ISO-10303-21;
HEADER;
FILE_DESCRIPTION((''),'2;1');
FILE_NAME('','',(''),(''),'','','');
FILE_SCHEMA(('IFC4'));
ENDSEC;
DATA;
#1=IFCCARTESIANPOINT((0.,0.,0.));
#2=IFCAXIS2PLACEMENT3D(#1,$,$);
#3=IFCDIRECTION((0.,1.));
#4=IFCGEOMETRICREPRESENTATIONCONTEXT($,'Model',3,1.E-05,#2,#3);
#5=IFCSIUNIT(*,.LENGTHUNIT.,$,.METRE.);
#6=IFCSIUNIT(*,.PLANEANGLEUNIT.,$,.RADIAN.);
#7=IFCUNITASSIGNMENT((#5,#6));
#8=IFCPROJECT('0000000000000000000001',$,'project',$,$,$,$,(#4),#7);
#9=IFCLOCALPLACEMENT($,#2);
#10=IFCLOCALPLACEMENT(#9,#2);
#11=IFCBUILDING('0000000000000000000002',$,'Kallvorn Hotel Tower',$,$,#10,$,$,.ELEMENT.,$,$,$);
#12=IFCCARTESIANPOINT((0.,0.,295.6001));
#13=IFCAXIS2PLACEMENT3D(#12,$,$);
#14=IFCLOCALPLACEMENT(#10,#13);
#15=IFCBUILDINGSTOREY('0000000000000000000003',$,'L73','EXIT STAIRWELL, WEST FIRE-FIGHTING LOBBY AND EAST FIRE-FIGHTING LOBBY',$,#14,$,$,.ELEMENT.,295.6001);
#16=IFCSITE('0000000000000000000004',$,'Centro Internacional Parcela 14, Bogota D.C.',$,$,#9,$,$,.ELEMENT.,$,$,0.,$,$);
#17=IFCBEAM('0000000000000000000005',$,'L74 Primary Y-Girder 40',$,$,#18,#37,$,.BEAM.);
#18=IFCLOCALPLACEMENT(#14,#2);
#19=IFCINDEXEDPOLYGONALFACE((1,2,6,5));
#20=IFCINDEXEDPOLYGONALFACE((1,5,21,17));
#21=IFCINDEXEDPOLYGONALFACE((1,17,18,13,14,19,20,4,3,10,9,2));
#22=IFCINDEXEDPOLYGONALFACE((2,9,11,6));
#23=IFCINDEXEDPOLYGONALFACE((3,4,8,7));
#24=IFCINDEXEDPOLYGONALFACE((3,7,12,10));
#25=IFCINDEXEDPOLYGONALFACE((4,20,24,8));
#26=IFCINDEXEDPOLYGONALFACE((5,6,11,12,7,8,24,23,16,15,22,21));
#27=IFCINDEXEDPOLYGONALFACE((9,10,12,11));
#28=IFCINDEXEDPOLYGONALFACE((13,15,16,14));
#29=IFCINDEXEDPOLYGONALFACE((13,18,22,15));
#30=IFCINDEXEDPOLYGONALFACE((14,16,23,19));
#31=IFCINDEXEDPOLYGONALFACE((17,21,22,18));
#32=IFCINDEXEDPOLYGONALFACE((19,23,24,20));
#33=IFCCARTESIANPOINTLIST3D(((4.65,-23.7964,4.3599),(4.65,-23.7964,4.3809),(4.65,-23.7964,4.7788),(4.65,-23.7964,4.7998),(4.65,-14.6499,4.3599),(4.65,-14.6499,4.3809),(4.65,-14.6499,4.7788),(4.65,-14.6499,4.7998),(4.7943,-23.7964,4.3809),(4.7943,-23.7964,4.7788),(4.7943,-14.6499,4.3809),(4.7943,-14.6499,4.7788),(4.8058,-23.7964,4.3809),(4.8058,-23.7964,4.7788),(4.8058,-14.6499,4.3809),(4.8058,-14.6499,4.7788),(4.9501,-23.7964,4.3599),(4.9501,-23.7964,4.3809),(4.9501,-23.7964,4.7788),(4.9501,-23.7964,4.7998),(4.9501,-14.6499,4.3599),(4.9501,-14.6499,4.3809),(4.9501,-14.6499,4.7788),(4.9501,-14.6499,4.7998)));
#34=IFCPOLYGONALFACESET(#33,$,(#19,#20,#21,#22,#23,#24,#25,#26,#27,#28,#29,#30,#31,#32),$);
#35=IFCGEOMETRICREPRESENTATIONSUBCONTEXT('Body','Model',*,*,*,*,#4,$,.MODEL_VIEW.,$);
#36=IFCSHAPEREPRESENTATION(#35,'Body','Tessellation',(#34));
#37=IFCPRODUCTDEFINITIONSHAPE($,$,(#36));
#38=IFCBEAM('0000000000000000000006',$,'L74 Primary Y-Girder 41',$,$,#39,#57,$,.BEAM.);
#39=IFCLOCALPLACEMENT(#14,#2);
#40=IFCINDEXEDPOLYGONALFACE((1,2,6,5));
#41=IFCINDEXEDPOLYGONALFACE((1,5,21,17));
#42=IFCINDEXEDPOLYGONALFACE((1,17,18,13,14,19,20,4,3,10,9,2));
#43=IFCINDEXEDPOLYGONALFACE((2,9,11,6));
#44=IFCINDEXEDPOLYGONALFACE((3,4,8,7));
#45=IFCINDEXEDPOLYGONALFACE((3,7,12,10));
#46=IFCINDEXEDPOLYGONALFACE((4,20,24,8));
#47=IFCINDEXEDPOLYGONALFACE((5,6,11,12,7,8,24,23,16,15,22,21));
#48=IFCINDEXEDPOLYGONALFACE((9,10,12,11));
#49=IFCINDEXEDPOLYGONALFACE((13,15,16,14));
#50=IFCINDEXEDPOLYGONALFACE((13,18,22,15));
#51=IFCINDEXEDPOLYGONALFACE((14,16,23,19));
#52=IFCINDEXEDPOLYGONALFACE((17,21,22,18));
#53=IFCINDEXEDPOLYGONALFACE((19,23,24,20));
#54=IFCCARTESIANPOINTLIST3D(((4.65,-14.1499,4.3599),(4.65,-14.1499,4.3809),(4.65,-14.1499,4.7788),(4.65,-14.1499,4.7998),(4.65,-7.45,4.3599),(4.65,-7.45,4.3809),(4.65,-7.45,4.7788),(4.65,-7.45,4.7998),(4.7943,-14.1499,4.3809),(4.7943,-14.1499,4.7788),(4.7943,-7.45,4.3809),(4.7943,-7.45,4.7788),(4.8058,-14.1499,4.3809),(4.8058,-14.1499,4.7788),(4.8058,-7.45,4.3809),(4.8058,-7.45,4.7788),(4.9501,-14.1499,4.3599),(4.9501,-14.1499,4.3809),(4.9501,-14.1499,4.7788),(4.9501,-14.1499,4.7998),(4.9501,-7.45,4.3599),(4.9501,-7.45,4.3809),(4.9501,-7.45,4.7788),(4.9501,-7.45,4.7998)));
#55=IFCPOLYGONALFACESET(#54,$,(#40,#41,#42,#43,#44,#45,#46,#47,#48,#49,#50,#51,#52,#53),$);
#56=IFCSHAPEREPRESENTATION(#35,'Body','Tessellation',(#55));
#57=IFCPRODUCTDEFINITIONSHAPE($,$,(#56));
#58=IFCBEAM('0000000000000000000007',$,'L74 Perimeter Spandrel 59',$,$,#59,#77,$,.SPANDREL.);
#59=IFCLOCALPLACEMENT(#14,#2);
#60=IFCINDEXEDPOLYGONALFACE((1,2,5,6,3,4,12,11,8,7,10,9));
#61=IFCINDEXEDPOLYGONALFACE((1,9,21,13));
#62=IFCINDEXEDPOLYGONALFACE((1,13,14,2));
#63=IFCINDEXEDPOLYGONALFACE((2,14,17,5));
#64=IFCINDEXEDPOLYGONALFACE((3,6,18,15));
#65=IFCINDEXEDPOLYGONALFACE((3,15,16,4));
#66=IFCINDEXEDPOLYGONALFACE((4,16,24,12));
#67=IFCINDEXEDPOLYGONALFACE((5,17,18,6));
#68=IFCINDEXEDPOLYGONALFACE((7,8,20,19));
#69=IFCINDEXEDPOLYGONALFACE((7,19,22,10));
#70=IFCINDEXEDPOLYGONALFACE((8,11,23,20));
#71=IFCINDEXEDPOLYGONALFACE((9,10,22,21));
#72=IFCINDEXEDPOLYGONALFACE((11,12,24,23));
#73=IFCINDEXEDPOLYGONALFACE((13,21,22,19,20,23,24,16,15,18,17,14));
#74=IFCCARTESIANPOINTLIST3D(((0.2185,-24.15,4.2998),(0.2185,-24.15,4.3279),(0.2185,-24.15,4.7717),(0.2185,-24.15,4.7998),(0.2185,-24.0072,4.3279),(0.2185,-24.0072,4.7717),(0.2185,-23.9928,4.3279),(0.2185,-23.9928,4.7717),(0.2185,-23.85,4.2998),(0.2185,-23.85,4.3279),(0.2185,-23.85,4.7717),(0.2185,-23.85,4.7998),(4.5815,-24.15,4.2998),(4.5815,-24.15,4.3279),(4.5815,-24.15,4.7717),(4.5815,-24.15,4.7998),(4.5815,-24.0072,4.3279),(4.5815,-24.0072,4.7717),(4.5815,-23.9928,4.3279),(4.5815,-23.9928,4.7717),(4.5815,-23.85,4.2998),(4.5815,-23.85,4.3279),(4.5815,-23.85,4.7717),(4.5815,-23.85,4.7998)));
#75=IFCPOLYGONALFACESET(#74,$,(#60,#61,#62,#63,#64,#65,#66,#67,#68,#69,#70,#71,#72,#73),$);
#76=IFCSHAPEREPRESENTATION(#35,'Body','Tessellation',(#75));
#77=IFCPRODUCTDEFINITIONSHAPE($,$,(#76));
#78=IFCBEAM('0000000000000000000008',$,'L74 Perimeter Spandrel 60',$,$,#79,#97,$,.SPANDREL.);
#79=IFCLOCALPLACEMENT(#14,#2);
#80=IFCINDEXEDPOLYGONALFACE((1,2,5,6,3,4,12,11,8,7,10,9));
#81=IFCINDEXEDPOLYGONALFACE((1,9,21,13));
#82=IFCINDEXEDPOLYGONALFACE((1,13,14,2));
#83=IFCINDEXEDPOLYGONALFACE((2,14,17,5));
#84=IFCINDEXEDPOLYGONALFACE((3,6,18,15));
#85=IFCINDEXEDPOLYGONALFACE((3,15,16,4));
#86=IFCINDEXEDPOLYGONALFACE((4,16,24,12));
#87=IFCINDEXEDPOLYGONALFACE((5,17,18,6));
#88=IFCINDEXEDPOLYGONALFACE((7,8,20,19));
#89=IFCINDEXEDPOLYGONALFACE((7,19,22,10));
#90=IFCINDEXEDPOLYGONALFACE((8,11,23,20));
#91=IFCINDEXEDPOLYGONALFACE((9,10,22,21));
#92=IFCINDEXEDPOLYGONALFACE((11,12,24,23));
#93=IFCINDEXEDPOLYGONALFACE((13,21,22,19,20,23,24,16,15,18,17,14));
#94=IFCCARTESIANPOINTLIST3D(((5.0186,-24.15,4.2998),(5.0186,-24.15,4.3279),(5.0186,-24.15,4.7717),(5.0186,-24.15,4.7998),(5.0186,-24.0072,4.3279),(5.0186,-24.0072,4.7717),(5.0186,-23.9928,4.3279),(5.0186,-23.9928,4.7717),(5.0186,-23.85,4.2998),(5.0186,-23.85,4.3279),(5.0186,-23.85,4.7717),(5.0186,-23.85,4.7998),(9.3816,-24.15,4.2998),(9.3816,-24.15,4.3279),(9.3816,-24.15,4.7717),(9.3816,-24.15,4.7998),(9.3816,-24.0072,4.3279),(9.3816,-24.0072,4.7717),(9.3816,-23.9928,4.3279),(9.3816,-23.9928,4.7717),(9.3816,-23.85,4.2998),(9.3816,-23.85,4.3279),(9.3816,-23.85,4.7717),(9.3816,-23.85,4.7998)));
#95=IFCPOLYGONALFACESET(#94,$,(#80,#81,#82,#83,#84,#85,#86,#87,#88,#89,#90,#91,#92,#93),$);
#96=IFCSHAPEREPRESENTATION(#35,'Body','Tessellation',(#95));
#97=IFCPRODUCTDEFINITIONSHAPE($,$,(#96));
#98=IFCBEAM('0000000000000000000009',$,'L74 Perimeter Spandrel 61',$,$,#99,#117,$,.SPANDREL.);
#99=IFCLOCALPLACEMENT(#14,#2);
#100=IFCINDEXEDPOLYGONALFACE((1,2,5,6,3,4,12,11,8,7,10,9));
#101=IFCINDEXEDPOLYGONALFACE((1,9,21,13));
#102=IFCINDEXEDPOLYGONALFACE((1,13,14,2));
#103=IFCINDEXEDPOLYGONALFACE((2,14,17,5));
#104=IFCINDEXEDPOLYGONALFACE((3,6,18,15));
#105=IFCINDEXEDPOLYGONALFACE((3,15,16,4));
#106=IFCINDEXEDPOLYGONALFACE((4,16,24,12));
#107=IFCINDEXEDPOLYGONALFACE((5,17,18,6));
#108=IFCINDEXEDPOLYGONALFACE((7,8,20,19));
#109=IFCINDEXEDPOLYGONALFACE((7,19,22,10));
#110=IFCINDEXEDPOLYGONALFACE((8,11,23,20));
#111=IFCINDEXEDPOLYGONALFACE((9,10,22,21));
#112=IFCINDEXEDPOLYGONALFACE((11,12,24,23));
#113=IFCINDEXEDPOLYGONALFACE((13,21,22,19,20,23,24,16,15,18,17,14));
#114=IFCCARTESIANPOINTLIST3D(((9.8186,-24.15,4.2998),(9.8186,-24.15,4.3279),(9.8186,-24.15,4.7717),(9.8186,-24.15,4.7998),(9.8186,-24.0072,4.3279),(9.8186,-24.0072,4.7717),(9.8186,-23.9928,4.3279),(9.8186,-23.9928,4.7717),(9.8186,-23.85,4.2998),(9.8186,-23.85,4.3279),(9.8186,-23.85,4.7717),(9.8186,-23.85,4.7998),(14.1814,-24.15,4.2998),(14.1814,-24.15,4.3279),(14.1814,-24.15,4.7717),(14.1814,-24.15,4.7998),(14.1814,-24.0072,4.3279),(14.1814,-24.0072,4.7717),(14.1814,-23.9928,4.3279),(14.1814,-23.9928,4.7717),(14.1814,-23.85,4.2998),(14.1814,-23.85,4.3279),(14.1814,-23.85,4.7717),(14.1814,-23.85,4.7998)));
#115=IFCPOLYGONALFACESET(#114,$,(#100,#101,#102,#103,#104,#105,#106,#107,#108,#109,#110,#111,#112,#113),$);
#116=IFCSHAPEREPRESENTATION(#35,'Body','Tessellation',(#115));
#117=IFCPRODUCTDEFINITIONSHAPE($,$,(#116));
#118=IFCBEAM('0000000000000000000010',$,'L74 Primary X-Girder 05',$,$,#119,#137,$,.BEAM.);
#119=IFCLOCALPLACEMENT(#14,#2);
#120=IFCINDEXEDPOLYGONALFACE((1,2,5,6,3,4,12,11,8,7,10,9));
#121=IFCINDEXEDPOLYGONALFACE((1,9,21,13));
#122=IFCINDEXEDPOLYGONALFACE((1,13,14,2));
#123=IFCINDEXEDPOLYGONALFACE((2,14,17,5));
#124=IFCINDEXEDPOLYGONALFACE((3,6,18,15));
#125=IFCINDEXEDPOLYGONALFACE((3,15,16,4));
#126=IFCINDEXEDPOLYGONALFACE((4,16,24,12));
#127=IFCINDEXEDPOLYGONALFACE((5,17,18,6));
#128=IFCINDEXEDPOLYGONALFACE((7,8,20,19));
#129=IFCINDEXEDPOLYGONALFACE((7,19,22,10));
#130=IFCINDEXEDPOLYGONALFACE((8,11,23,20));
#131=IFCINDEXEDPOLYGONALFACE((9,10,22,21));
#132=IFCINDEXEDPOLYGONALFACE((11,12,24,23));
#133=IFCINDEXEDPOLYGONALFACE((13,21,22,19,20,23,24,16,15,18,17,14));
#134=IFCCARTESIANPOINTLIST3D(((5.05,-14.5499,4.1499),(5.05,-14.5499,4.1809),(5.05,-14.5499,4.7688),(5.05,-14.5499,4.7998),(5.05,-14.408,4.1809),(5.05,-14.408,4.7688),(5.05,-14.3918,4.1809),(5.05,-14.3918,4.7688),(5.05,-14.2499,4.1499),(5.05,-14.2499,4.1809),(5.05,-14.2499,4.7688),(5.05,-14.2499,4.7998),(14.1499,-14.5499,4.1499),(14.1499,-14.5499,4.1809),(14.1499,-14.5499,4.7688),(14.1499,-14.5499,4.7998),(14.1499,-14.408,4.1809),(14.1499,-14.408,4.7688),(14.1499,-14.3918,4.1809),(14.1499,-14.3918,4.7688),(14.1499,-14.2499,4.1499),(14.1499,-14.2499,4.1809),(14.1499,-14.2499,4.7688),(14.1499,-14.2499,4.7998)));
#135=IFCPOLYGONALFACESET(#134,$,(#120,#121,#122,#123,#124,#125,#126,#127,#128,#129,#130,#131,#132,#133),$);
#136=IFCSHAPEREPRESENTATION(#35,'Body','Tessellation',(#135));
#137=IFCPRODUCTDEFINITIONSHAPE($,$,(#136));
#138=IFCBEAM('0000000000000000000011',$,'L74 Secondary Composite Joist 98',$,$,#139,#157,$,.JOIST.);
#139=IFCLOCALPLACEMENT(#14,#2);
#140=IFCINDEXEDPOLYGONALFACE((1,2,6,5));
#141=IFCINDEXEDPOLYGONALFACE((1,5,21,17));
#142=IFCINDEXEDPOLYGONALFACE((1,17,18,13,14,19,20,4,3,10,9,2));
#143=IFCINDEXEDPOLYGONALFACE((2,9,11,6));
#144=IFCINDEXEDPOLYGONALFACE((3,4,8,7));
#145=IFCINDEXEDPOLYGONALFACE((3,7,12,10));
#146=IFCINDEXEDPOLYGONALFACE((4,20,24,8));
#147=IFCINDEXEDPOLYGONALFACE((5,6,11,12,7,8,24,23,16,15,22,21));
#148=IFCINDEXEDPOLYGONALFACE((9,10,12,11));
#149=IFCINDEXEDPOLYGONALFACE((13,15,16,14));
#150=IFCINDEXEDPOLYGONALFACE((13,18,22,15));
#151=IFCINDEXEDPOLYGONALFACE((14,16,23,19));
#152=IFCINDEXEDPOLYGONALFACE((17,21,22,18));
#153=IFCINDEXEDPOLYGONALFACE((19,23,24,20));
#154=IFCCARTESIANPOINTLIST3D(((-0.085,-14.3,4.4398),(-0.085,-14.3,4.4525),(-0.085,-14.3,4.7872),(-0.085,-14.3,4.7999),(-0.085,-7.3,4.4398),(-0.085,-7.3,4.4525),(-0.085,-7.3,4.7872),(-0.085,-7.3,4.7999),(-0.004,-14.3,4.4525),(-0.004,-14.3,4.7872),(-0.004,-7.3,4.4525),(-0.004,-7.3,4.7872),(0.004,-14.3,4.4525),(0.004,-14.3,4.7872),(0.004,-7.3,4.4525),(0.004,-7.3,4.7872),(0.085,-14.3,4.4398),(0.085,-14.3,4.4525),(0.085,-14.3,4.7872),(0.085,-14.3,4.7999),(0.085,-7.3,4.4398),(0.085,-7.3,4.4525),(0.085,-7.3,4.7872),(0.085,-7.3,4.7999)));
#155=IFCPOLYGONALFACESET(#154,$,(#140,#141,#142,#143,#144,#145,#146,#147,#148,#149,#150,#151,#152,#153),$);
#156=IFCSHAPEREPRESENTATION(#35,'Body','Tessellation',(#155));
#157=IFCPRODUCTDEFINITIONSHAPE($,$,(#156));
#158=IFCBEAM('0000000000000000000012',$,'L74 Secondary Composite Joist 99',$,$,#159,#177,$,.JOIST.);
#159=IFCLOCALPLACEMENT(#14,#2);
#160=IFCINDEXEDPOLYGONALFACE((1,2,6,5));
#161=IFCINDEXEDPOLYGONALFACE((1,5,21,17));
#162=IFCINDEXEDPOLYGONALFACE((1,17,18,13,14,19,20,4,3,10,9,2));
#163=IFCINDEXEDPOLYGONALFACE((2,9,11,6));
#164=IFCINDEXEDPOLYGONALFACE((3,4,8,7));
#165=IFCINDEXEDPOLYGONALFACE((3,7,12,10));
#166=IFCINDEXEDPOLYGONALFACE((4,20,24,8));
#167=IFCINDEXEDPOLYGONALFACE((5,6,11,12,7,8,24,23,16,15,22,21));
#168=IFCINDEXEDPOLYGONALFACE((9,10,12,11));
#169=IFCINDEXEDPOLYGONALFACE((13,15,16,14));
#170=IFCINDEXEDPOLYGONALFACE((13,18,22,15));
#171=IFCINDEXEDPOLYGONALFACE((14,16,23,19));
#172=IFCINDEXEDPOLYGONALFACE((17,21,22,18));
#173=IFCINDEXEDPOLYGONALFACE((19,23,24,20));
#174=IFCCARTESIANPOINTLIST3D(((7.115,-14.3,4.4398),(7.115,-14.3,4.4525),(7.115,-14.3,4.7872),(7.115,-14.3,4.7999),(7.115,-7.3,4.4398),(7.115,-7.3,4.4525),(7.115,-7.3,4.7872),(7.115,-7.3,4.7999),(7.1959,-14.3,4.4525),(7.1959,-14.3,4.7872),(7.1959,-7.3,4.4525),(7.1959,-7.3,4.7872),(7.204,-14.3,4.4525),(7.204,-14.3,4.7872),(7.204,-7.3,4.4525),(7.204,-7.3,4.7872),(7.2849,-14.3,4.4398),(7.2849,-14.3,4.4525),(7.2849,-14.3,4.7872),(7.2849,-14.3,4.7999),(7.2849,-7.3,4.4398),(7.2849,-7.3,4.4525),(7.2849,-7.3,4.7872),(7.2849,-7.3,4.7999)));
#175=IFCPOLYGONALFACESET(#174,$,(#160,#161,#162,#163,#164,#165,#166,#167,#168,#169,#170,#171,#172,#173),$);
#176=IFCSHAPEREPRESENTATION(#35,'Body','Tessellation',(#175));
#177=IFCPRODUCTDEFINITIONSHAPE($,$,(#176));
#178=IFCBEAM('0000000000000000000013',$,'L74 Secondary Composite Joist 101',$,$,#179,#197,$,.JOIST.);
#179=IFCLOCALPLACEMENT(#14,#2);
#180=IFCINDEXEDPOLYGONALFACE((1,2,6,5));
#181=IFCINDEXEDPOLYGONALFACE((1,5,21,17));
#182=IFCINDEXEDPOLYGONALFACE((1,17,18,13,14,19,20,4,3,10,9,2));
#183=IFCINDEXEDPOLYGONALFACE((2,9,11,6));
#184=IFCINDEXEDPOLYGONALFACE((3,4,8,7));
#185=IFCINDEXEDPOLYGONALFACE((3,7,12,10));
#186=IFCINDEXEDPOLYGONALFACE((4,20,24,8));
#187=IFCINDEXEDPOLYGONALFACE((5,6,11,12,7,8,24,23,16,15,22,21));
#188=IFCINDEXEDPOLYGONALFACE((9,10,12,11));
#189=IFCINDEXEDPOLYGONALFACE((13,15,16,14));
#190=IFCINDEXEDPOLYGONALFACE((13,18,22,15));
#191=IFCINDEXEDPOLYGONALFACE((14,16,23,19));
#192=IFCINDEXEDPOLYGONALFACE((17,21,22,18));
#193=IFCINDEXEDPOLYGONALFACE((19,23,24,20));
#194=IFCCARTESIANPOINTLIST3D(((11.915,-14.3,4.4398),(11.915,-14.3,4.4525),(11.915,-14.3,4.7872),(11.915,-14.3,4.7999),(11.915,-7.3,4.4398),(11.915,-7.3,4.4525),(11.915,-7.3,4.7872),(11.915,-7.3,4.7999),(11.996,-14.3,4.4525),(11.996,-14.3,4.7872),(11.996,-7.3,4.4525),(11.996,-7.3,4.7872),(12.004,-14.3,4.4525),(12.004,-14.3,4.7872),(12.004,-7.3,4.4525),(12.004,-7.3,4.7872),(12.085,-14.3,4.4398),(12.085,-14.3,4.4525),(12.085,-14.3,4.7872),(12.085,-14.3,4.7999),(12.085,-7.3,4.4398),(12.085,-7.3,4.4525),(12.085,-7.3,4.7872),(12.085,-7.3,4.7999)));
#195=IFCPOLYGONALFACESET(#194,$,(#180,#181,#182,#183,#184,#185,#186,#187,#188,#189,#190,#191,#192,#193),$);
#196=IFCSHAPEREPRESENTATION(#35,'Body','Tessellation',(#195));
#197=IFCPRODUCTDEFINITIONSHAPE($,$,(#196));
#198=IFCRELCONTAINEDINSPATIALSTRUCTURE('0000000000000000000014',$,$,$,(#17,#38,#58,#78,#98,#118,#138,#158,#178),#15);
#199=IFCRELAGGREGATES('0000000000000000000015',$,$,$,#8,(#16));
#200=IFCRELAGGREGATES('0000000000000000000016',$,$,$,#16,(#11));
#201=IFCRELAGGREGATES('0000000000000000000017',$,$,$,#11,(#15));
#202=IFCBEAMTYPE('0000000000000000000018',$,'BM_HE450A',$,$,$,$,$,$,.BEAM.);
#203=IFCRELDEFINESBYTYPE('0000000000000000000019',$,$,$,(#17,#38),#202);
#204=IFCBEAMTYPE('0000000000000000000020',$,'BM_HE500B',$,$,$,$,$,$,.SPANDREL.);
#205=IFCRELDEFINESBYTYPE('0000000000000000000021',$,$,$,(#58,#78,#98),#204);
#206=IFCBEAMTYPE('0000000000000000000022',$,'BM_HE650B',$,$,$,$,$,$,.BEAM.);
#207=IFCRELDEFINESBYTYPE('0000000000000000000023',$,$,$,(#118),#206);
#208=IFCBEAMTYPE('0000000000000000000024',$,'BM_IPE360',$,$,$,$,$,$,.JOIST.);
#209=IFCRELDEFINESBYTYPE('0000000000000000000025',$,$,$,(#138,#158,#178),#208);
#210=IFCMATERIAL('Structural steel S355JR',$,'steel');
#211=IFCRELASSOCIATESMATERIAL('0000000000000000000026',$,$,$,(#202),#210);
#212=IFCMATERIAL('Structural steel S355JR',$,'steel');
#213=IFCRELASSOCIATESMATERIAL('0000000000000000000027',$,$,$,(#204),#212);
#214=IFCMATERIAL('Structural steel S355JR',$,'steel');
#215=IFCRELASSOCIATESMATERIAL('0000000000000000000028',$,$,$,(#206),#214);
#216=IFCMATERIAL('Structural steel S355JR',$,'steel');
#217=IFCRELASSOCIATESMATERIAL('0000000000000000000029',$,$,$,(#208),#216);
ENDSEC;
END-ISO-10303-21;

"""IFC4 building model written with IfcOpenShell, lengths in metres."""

from ifc_helpers import new_model, si_unit, direction, frame, origin, origin_2d, place, context, subcontext, project, spatial, i_section, extrude, material, material_profile, profile_set, type_object, element, save


model = new_model("IFC4")

# Units and contexts
model_context = context("Model", 3, precision=1e-05, world=origin(), true_north=direction((0.0, 1.0)))
body_context = subcontext(model_context, "Body", "Model", "MODEL_VIEW")
ifc_project = project(units=[si_unit("LENGTHUNIT", "METRE"), si_unit("PLANEANGLEUNIT", "RADIAN")], contexts=[model_context])

# Site, building, storey
site_placement = place(None, origin())
site = spatial("IfcSite", under=ifc_project, at=site_placement, Name="Centro Internacional Parcela 14, Bogota D.C.", CompositionType="ELEMENT", RefElevation=0.0)
building_placement = place(site_placement, origin())
building = spatial("IfcBuilding", under=site, at=building_placement, Name="Kallvorn Hotel Tower", CompositionType="ELEMENT")
storey_placement = place(building_placement, frame((0.0, 0.0, 295.6001)))
storey = spatial("IfcBuildingStorey", under=building, at=storey_placement, Name="L73", Description="EXIT STAIRWELL, WEST FIRE-FIGHTING LOBBY AND EAST FIRE-FIGHTING LOBBY", CompositionType="ELEMENT", Elevation=295.6001)

# Beams
ifc_material_1 = material(Name="Structural steel S355JR", Category="steel")
ifc_material_profile_1 = material_profile(ifc_material_1, i_section(OverallWidth=0.3, OverallDepth=0.4399, WebThickness=0.0115, FlangeThickness=0.021, at=origin_2d()), Name="HE 450 A")
ifc_profile_set_1 = profile_set([ifc_material_profile_1], Name="Structural steel S355JR")
beam_type_1 = type_object("IfcBeamType", Name="BM_HE450A", PredefinedType="BEAM", material=ifc_profile_set_1)
beam_1_placement = place(storey_placement, frame((4.8, -23.7964, 4.5798), z_axis=(0.0, 1.0, 0.0), x_axis=(-1.0, 0.0, 0.0)))
element("IfcBeam", 1, at=beam_1_placement, inside=storey, type_object=beam_type_1, Name="L74 Primary Y-Girder 40", PredefinedType="BEAM", context=body_context, shape_type="SweptSolid", body=[
    extrude(i_section(OverallWidth=0.3, OverallDepth=0.4399, WebThickness=0.0115, FlangeThickness=0.021, at=origin_2d()), origin(), (0.0, 0.0, 1.0), 9.1465),
])
beam_2_placement = place(storey_placement, frame((4.8, -14.1499, 4.5798), z_axis=(0.0, 1.0, 0.0), x_axis=(-1.0, 0.0, 0.0)))
element("IfcBeam", 2, at=beam_2_placement, inside=storey, type_object=beam_type_1, Name="L74 Primary Y-Girder 41", PredefinedType="BEAM", context=body_context, shape_type="SweptSolid", body=[
    extrude(i_section(OverallWidth=0.3, OverallDepth=0.4399, WebThickness=0.0115, FlangeThickness=0.021, at=origin_2d()), origin(), (0.0, 0.0, 1.0), 6.7),
])
ifc_material_2 = material(Name="Structural steel S355JR", Category="steel")
ifc_material_profile_2 = material_profile(ifc_material_2, i_section(OverallWidth=0.3, OverallDepth=0.5, WebThickness=0.0144, FlangeThickness=0.0281, at=origin_2d()), Name="HE 500 B")
ifc_profile_set_2 = profile_set([ifc_material_profile_2], Name="Structural steel S355JR")
beam_type_2 = type_object("IfcBeamType", Name="BM_HE500B", PredefinedType="SPANDREL", material=ifc_profile_set_2)
for number, where, z_axis, x_axis, name in (
    (3, (0.2185, -24.0, 4.5498), (1.0, 0.0, 0.0), (0.0, 1.0, 0.0), "L74 Perimeter Spandrel 59"),
    (4, (5.0186, -24.0, 4.5498), (1.0, 0.0, 0.0), (0.0, 1.0, 0.0), "L74 Perimeter Spandrel 60"),
):
    element("IfcBeam", number, at=place(storey_placement, frame(where, z_axis=z_axis, x_axis=x_axis)), inside=storey, type_object=beam_type_2, Name=name, PredefinedType="SPANDREL", context=body_context, shape_type="SweptSolid", body=[
        extrude(i_section(OverallWidth=0.3, OverallDepth=0.5, WebThickness=0.0144, FlangeThickness=0.0281, at=origin_2d()), origin(), (0.0, 0.0, 1.0), 4.363),
    ])
beam_3_placement = place(storey_placement, frame((9.8186, -24.0, 4.5498), z_axis=(1.0, 0.0, 0.0), x_axis=(0.0, 1.0, 0.0)))
element("IfcBeam", 5, at=beam_3_placement, inside=storey, type_object=beam_type_2, Name="L74 Perimeter Spandrel 61", PredefinedType="SPANDREL", context=body_context, shape_type="SweptSolid", body=[
    extrude(i_section(OverallWidth=0.3, OverallDepth=0.5, WebThickness=0.0144, FlangeThickness=0.0281, at=origin_2d()), origin(), (0.0, 0.0, 1.0), 4.3628),
])
ifc_material_3 = material(Name="Structural steel S355JR", Category="steel")
ifc_material_profile_3 = material_profile(ifc_material_3, i_section(OverallWidth=0.3, OverallDepth=0.6499, WebThickness=0.0161, FlangeThickness=0.031, at=origin_2d()), Name="HE 650 B")
ifc_profile_set_3 = profile_set([ifc_material_profile_3], Name="Structural steel S355JR")
beam_type_3 = type_object("IfcBeamType", Name="BM_HE650B", PredefinedType="BEAM", material=ifc_profile_set_3)
beam_4_placement = place(storey_placement, frame((5.05, -14.3999, 4.4749), z_axis=(1.0, 0.0, 0.0), x_axis=(0.0, 1.0, 0.0)))
element("IfcBeam", 6, at=beam_4_placement, inside=storey, type_object=beam_type_3, Name="L74 Primary X-Girder 05", PredefinedType="BEAM", context=body_context, shape_type="SweptSolid", body=[
    extrude(i_section(OverallWidth=0.3, OverallDepth=0.6499, WebThickness=0.0161, FlangeThickness=0.031, at=origin_2d()), origin(), (0.0, 0.0, 1.0), 9.0999),
])
ifc_material_4 = material(Name="Structural steel S355JR", Category="steel")
ifc_material_profile_4 = material_profile(ifc_material_4, i_section(OverallWidth=0.1699, OverallDepth=0.3601, WebThickness=0.0081, FlangeThickness=0.0127, at=origin_2d()), Name="IPE 360")
ifc_profile_set_4 = profile_set([ifc_material_profile_4], Name="Structural steel S355JR")
beam_type_4 = type_object("IfcBeamType", Name="BM_IPE360", PredefinedType="JOIST", material=ifc_profile_set_4)
for number, where, z_axis, x_axis, name in (
    (7, (0.0, -14.3, 4.6199), (0.0, 1.0, 0.0), (-1.0, 0.0, 0.0), "L74 Secondary Composite Joist 98"),
    (8, (7.2, -14.3, 4.6199), (0.0, 1.0, 0.0), (-1.0, 0.0, 0.0), "L74 Secondary Composite Joist 99"),
    (9, (12.0, -14.3, 4.6199), (0.0, 1.0, 0.0), (-1.0, 0.0, 0.0), "L74 Secondary Composite Joist 101"),
):
    element("IfcBeam", number, at=place(storey_placement, frame(where, z_axis=z_axis, x_axis=x_axis)), inside=storey, type_object=beam_type_4, Name=name, PredefinedType="JOIST", context=body_context, shape_type="SweptSolid", body=[
        extrude(i_section(OverallWidth=0.1699, OverallDepth=0.3601, WebThickness=0.0081, FlangeThickness=0.0127, at=origin_2d()), origin(), (0.0, 0.0, 1.0), 7.0),
    ])

save(model, "model.ifc")
